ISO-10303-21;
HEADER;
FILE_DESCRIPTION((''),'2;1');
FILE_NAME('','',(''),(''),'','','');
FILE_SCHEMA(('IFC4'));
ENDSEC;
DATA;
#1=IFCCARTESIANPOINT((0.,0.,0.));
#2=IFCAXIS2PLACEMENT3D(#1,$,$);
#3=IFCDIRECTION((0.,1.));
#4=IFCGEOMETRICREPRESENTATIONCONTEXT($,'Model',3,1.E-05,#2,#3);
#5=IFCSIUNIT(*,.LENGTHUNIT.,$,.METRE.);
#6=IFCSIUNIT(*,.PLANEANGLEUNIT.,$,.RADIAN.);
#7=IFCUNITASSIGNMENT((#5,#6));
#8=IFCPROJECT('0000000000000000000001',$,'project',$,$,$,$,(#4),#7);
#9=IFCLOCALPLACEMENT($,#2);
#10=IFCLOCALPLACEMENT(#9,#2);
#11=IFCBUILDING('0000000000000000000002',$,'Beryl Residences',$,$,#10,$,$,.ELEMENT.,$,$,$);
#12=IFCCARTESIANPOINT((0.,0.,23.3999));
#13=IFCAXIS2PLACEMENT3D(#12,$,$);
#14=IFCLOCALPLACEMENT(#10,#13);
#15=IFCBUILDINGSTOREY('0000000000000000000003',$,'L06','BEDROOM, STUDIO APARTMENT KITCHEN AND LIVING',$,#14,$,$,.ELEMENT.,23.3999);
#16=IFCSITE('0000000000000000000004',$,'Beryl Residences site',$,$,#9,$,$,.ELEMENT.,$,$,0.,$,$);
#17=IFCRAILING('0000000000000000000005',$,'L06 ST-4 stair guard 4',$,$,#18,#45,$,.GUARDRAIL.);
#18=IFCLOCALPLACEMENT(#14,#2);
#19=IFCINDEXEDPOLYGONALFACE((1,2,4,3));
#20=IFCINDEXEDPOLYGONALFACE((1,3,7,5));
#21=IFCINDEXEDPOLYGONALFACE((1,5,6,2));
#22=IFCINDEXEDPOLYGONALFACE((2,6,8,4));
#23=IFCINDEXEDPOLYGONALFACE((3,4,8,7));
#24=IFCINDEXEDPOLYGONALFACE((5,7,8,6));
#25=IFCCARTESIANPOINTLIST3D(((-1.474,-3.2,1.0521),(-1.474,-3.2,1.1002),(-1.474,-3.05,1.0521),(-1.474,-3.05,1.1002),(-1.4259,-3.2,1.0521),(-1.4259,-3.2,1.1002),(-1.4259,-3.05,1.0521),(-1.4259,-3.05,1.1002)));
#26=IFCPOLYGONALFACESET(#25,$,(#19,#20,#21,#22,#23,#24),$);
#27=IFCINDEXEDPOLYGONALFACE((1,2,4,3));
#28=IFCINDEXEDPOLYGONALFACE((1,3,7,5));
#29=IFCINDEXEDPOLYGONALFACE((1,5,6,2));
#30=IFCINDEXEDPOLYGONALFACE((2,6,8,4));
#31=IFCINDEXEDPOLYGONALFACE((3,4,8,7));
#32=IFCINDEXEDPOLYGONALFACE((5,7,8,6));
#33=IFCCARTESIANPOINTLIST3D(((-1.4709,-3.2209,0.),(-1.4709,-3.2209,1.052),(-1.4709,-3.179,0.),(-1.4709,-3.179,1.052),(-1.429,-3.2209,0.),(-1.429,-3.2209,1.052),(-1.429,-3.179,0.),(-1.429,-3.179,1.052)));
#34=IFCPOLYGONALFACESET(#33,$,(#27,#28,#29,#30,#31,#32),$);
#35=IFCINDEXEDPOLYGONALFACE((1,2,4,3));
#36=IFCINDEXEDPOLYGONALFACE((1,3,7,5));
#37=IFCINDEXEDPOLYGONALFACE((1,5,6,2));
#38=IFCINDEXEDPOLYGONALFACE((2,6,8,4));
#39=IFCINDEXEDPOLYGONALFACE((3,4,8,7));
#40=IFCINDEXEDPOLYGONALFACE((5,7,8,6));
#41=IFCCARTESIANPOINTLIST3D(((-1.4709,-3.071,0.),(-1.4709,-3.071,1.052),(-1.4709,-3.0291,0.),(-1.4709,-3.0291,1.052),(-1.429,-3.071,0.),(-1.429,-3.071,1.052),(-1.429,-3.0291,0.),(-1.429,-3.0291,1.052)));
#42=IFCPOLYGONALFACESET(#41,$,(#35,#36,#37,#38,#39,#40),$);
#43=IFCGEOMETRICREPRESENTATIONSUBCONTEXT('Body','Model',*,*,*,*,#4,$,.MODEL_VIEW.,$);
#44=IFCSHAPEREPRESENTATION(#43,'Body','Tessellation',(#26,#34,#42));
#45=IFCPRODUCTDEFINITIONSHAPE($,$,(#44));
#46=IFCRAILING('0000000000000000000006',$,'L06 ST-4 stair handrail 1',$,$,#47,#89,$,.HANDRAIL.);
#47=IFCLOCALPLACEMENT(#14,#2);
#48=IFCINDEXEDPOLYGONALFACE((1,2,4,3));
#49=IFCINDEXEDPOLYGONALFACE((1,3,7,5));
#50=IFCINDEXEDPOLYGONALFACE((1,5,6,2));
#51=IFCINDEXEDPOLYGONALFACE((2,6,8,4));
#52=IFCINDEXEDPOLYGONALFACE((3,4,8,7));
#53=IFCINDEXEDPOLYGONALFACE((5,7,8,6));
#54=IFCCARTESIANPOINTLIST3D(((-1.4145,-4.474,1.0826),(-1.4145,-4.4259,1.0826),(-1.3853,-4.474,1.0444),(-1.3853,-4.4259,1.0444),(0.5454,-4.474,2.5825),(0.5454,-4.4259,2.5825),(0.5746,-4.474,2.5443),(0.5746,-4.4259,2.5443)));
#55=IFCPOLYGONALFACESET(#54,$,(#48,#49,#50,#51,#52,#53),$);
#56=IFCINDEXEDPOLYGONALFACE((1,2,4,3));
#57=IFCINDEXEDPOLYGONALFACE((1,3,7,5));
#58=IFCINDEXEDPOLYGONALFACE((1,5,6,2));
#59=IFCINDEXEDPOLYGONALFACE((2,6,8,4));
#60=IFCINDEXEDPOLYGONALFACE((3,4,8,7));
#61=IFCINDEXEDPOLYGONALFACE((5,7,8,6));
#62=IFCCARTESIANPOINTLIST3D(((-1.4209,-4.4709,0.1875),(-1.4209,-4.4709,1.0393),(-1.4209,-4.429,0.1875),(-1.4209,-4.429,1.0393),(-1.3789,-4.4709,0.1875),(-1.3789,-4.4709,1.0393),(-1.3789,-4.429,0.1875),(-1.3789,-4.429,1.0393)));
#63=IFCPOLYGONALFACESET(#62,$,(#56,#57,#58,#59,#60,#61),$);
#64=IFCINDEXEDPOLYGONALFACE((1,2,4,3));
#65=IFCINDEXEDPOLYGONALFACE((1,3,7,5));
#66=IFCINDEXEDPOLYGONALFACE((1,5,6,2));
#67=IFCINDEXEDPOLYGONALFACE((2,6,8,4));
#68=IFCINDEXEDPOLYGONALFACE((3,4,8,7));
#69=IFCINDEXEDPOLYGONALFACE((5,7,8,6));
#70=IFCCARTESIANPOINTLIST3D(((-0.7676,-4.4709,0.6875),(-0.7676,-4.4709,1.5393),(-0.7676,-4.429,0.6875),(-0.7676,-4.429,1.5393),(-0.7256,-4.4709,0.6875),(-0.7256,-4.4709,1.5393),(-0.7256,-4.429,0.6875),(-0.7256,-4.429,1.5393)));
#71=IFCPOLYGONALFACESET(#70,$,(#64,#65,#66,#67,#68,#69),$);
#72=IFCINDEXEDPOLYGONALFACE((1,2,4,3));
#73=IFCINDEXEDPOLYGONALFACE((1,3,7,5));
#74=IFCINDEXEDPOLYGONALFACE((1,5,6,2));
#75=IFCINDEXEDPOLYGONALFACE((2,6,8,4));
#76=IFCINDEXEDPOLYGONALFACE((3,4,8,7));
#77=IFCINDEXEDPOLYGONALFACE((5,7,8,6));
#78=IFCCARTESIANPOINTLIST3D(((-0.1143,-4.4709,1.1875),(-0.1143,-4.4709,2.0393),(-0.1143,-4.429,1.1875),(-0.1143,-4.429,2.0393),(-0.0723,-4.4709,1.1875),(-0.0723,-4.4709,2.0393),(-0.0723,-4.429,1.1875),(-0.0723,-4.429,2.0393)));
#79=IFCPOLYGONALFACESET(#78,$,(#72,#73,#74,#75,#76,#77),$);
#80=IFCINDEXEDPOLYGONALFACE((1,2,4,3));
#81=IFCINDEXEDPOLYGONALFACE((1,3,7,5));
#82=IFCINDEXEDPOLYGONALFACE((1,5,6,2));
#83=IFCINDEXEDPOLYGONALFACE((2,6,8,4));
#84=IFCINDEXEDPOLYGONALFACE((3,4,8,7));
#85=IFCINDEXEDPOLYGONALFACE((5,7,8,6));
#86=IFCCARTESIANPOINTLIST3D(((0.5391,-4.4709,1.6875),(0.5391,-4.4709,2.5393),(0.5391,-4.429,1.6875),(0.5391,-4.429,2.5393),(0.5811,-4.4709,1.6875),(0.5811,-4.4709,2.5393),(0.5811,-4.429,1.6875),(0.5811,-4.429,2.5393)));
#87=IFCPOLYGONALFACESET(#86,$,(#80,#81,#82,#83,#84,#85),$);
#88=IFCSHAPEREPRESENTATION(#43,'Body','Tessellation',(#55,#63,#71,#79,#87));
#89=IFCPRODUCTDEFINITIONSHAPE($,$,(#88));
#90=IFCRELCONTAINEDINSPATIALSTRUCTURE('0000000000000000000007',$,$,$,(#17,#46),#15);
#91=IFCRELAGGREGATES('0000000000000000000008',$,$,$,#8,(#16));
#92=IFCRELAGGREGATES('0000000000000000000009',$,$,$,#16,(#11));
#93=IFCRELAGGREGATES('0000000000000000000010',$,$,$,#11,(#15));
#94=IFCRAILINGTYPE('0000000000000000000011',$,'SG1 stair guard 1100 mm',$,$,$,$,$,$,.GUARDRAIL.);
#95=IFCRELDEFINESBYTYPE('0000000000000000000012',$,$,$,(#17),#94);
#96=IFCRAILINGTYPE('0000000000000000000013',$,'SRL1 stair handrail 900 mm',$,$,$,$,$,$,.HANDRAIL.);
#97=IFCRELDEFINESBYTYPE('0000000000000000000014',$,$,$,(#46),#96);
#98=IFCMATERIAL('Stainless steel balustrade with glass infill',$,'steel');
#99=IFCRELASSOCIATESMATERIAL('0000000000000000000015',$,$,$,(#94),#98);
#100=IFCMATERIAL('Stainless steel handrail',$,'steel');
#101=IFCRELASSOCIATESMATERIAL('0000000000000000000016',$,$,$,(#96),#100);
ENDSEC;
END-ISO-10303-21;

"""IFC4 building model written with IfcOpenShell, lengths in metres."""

from ifc_helpers import new_model, si_unit, direction, frame, origin, origin_2d, place, context, subcontext, project, spatial, rectangle, extrude, material, type_object, element, save


model = new_model("IFC4")

# Units and contexts
model_context = context("Model", 3, precision=1e-05, world=origin(), true_north=direction((0.0, 1.0)))
body_context = subcontext(model_context, "Body", "Model", "MODEL_VIEW")
ifc_project = project(units=[si_unit("LENGTHUNIT", "METRE"), si_unit("PLANEANGLEUNIT", "RADIAN")], contexts=[model_context])

# Site, building, storey
site_placement = place(None, origin())
site = spatial("IfcSite", under=ifc_project, at=site_placement, Name="Beryl Residences site", CompositionType="ELEMENT", RefElevation=0.0)
building_placement = place(site_placement, origin())
building = spatial("IfcBuilding", under=site, at=building_placement, Name="Beryl Residences", CompositionType="ELEMENT")
storey_placement = place(building_placement, frame((0.0, 0.0, 23.3999)))
storey = spatial("IfcBuildingStorey", under=building, at=storey_placement, Name="L06", Description="BEDROOM, STUDIO APARTMENT KITCHEN AND LIVING", CompositionType="ELEMENT", Elevation=23.3999)

# Railings
ifc_material_1 = material(Name="Stainless steel balustrade with glass infill", Category="steel")
railing_type_1 = type_object("IfcRailingType", Name="SG1 stair guard 1100 mm", PredefinedType="GUARDRAIL", material=ifc_material_1)
railing_1_placement = place(storey_placement, frame((-1.45, -3.2, 0.0)))
element("IfcRailing", 1, at=railing_1_placement, inside=storey, type_object=railing_type_1, Name="L06 ST-4 stair guard 4", PredefinedType="GUARDRAIL", context=body_context, shape_type="SweptSolid", body=[
    extrude(rectangle(XDim=0.0481, YDim=0.0481, at=origin_2d()), frame((0.0, 0.0, 1.0762), z_axis=(0.0, 1.0, 0.0), x_axis=(-1.0, 0.0, 0.0)), (0.0, 0.0, 1.0), 0.1499),
    extrude(rectangle(XDim=0.042, YDim=0.042, at=origin_2d()), origin(), (0.0, 0.0, 1.0), 1.052),
    extrude(rectangle(XDim=0.042, YDim=0.042, at=origin_2d()), frame((0.0, 0.1499, 0.0)), (0.0, 0.0, 1.0), 1.052),
])
ifc_material_2 = material(Name="Stainless steel handrail", Category="steel")
railing_type_2 = type_object("IfcRailingType", Name="SRL1 stair handrail 900 mm", PredefinedType="HANDRAIL", material=ifc_material_2)
railing_2_placement = place(storey_placement, frame((-1.3999, -4.45, 0.1875)))
element("IfcRailing", 2, at=railing_2_placement, inside=storey, type_object=railing_type_2, Name="L06 ST-4 stair handrail 1", PredefinedType="HANDRAIL", context=body_context, shape_type="SweptSolid", body=[
    extrude(rectangle(XDim=0.0481, YDim=0.0481, at=origin_2d()), frame((0.0, 0.0, 0.876), z_axis=(0.794122, 0.0, 0.607758), x_axis=(0.0, 1.0, 0.0)), (0.0, 0.0, 1.0), 2.468),
    extrude(rectangle(XDim=0.042, YDim=0.042, at=origin_2d()), origin(), (0.0, 0.0, 1.0), 0.8518),
    extrude(rectangle(XDim=0.042, YDim=0.042, at=origin_2d()), frame((0.6533, 0.0, 0.5)), (0.0, 0.0, 1.0), 0.8518),
    extrude(rectangle(XDim=0.042, YDim=0.042, at=origin_2d()), frame((1.3066, 0.0, 1.0)), (0.0, 0.0, 1.0), 0.8518),
    extrude(rectangle(XDim=0.042, YDim=0.042, at=origin_2d()), frame((1.96, 0.0, 1.5)), (0.0, 0.0, 1.0), 0.8518),
])

save(model, "model.ifc")
